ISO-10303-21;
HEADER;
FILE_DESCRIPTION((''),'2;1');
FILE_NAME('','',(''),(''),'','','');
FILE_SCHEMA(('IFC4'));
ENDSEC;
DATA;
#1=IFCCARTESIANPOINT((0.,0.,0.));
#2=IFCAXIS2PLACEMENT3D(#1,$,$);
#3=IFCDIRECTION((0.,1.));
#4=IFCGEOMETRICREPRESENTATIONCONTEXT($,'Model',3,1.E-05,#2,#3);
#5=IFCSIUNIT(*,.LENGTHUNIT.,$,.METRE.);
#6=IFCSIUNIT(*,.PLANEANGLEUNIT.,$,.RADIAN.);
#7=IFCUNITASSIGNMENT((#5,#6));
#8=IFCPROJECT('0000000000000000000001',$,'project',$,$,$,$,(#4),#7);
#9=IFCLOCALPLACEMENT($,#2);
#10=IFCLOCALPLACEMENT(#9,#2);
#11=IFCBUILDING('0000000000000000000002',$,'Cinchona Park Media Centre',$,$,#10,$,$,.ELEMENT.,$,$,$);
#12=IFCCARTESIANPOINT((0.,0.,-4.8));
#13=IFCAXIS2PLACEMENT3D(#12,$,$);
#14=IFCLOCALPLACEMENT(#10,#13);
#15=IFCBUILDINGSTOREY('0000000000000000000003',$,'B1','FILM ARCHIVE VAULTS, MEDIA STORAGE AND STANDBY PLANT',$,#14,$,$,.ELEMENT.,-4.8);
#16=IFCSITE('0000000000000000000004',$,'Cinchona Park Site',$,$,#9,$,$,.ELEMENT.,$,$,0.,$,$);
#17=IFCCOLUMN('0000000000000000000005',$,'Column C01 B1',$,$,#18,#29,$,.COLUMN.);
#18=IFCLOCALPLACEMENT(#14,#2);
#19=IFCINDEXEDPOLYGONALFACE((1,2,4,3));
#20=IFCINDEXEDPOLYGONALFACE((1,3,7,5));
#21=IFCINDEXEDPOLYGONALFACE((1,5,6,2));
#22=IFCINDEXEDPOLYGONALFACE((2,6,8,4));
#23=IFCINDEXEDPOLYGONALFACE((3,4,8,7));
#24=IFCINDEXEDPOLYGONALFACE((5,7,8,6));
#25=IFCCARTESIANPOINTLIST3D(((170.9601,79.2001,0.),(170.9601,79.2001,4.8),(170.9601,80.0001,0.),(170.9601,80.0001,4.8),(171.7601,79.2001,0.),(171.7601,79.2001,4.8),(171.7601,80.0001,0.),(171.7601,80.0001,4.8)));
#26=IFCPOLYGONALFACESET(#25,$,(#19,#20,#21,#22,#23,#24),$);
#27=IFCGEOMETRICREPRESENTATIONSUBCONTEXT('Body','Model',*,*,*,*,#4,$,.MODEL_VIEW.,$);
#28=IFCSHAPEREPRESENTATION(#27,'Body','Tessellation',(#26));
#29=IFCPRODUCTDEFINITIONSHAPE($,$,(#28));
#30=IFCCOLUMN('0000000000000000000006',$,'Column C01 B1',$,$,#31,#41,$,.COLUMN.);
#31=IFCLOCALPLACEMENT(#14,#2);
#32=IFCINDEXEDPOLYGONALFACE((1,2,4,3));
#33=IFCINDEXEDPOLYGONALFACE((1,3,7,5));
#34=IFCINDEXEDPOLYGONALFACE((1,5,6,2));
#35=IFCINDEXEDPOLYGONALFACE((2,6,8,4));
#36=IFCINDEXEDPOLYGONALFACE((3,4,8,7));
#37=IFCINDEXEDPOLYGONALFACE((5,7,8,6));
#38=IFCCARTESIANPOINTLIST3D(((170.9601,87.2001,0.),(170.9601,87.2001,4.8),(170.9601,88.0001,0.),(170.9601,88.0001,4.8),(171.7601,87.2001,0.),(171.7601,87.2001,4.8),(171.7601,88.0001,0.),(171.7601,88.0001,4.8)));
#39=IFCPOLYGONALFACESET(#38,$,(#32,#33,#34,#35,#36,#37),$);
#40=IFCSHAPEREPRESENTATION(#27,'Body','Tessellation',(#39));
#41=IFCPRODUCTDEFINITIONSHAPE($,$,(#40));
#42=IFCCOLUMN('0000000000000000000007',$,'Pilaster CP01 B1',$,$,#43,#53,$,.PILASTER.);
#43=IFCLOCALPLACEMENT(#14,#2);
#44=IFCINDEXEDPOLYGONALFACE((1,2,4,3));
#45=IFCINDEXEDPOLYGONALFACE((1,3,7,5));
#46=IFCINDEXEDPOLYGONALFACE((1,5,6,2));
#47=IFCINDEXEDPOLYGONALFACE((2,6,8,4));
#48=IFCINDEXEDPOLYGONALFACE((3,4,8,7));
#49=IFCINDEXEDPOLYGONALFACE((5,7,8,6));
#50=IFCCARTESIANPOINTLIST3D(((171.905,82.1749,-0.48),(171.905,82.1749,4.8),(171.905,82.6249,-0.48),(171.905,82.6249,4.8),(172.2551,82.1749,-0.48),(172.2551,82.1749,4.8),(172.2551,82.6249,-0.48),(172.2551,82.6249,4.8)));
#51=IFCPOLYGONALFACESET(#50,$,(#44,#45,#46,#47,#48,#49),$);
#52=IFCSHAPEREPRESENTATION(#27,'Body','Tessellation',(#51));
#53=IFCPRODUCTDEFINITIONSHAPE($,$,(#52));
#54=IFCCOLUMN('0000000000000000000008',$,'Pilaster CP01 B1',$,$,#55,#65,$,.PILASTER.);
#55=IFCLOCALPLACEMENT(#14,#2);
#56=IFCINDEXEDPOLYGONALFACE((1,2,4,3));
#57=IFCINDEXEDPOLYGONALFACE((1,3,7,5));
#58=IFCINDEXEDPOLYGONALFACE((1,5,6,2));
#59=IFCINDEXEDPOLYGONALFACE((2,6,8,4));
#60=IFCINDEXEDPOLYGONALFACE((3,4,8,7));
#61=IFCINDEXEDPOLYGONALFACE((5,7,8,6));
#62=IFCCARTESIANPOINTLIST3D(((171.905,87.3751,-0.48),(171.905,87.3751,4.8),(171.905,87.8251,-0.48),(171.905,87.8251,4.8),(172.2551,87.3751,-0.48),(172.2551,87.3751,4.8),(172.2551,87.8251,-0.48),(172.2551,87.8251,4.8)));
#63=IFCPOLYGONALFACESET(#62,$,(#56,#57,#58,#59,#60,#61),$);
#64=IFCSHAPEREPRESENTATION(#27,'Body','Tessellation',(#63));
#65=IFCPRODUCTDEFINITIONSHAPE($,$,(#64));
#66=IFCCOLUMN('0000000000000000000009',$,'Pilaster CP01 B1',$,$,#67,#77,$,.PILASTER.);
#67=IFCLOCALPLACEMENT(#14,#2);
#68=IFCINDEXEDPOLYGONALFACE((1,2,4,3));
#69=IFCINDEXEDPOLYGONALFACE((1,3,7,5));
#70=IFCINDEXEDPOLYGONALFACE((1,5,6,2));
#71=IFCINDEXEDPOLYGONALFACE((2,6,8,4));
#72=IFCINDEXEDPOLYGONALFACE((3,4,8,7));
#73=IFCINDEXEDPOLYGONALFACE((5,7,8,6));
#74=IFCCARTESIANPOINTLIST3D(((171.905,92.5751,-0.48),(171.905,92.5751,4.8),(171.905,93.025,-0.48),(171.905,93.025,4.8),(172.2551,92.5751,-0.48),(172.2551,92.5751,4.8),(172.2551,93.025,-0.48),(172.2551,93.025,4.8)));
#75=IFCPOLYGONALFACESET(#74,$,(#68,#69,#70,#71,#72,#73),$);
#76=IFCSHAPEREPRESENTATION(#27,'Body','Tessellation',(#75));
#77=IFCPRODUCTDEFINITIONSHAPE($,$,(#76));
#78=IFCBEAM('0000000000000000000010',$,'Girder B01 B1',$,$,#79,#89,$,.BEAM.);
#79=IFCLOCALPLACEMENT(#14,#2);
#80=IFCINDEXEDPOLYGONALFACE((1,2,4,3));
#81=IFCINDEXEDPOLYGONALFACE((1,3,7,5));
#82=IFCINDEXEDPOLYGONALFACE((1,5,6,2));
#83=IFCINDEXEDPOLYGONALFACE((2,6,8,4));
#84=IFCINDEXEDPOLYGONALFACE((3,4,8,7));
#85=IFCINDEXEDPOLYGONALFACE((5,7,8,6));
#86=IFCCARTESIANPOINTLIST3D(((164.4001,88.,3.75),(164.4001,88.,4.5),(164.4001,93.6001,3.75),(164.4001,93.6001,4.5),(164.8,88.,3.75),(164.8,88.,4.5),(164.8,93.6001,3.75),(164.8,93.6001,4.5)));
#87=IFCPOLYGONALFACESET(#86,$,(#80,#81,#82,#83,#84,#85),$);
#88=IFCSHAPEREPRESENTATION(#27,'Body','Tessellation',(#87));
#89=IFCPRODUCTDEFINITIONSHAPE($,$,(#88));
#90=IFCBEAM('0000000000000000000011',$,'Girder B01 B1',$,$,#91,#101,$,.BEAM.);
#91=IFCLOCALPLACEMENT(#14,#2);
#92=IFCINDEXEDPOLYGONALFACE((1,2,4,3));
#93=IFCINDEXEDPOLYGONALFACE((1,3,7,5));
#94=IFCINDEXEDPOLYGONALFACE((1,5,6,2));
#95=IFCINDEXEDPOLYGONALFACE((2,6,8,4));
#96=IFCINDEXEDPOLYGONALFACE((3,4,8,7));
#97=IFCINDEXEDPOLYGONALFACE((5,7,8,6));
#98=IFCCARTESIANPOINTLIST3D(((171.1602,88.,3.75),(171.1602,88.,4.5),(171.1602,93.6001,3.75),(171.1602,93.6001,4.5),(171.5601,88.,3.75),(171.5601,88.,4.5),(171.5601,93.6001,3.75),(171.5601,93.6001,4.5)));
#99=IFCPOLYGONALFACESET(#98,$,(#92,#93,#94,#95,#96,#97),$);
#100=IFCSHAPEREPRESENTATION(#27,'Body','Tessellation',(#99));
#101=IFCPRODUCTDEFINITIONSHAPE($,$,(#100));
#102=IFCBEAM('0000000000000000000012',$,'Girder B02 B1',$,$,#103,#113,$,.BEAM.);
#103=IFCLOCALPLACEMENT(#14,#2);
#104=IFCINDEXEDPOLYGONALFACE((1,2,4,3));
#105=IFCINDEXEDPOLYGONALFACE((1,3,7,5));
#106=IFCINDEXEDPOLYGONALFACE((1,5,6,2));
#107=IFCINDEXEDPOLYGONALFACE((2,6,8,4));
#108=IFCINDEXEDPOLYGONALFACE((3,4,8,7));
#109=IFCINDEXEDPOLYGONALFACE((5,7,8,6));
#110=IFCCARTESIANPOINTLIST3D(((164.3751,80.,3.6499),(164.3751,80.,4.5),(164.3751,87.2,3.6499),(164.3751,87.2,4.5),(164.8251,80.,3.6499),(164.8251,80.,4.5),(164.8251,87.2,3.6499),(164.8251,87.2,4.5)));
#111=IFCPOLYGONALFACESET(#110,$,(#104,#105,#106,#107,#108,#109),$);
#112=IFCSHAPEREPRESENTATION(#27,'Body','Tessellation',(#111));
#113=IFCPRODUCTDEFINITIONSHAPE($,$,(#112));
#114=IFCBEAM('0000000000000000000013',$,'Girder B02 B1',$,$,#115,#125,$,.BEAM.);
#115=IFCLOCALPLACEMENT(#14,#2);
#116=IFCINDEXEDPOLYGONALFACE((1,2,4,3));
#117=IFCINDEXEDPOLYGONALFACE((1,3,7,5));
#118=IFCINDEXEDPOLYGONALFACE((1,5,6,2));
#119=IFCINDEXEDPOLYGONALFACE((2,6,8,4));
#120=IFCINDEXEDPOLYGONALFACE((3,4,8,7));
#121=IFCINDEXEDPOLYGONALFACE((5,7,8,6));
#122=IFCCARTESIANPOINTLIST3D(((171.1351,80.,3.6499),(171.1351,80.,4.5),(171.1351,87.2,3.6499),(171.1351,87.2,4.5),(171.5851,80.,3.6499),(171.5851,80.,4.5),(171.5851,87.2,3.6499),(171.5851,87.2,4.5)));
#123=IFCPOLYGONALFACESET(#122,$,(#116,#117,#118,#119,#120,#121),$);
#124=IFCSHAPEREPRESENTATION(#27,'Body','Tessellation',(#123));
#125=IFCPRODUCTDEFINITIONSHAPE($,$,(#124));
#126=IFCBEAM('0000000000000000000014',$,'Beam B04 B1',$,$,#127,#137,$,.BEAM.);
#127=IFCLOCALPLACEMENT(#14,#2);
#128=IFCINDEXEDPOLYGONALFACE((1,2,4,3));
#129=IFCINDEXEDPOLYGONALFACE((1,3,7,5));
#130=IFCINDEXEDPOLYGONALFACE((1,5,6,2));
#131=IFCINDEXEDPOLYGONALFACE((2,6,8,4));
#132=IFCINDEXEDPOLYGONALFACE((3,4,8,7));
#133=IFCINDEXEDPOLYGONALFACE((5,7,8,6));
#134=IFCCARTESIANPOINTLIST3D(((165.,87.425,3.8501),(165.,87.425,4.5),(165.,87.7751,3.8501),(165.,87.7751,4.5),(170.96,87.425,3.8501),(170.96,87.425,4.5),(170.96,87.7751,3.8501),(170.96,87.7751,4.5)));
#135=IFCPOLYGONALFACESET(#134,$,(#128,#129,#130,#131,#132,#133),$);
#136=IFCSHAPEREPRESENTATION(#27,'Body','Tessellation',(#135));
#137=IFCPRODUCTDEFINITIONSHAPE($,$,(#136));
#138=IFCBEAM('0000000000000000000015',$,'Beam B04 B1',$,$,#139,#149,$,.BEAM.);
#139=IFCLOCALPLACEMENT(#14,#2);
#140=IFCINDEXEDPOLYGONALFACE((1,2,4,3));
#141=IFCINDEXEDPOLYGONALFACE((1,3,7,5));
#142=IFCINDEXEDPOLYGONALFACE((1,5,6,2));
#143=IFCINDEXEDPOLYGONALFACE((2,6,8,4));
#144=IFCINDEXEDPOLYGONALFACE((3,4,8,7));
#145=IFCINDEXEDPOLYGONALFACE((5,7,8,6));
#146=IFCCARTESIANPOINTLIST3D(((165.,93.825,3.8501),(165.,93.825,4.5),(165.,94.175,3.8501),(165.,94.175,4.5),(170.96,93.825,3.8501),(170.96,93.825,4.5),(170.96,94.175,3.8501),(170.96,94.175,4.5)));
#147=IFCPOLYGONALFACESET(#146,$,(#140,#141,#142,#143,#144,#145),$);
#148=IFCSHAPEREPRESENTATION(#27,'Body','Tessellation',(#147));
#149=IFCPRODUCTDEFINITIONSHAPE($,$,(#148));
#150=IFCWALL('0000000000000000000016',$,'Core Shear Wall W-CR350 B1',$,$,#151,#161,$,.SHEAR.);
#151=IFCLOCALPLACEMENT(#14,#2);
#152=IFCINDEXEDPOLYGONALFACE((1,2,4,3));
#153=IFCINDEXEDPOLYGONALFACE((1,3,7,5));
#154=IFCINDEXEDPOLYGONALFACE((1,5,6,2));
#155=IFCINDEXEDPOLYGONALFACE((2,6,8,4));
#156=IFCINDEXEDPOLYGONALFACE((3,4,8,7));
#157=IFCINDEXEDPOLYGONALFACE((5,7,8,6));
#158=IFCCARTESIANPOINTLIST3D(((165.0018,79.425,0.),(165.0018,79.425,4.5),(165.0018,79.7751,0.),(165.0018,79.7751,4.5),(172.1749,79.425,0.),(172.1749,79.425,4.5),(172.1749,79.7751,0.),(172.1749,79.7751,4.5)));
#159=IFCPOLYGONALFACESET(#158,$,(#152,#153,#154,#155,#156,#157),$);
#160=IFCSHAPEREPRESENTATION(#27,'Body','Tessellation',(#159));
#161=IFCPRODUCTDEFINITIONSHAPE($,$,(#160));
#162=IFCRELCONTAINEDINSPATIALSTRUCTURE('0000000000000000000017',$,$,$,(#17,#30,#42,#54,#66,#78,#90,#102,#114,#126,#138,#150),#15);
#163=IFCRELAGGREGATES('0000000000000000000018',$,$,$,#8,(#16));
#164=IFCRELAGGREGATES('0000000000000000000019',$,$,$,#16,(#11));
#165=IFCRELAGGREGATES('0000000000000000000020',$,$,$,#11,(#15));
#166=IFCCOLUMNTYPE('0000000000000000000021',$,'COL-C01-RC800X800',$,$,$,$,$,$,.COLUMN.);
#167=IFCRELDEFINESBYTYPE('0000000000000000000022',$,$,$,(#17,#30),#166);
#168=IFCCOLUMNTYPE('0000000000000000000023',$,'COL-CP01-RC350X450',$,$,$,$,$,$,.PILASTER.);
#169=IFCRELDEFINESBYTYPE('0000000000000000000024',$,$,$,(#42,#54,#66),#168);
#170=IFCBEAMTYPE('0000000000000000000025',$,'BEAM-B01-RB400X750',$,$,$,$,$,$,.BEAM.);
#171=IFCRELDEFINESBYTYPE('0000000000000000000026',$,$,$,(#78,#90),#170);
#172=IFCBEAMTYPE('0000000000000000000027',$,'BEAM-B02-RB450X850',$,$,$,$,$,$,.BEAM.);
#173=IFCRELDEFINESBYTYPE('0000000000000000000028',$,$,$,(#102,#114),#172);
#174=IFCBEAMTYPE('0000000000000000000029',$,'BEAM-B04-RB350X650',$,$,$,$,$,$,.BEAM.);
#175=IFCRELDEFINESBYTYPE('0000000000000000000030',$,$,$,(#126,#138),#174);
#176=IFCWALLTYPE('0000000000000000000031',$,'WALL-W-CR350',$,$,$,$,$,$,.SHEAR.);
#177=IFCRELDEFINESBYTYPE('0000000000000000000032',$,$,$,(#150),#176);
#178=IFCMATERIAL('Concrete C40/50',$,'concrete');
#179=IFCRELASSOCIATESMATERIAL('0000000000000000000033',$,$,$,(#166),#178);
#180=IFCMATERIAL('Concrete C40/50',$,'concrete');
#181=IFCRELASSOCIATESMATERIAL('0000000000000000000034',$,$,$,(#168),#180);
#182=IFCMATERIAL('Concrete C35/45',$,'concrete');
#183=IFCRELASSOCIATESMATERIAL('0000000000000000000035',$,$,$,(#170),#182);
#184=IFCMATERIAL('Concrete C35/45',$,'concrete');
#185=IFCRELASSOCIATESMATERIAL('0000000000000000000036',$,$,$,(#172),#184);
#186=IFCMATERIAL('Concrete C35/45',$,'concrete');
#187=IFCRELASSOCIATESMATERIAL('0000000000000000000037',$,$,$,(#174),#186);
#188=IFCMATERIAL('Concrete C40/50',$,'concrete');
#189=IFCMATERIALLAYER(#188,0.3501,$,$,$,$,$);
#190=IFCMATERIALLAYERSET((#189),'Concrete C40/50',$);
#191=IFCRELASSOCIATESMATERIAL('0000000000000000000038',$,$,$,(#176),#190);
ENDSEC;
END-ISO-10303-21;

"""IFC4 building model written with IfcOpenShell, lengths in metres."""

from ifc_helpers import new_model, si_unit, direction, frame, frame_2d, origin, origin_2d, place, context, subcontext, project, spatial, rectangle, extrude, material, layer, layer_set, material_profile, profile_set, type_object, element, save


model = new_model("IFC4")

# Units and contexts
model_context = context("Model", 3, precision=1e-05, world=origin(), true_north=direction((0.0, 1.0)))
body_context = subcontext(model_context, "Body", "Model", "MODEL_VIEW")
ifc_project = project(units=[si_unit("LENGTHUNIT", "METRE"), si_unit("PLANEANGLEUNIT", "RADIAN")], contexts=[model_context])

# Site, building, storey
site_placement = place(None, origin())
site = spatial("IfcSite", under=ifc_project, at=site_placement, Name="Cinchona Park Site", CompositionType="ELEMENT", RefElevation=0.0)
building_placement = place(site_placement, origin())
building = spatial("IfcBuilding", under=site, at=building_placement, Name="Cinchona Park Media Centre", CompositionType="ELEMENT")
storey_placement = place(building_placement, frame((0.0, 0.0, -4.8)))
storey = spatial("IfcBuildingStorey", under=building, at=storey_placement, Name="B1", Description="FILM ARCHIVE VAULTS, MEDIA STORAGE AND STANDBY PLANT", CompositionType="ELEMENT", Elevation=-4.8)

# Columns
ifc_material_1 = material(Name="Concrete C40/50", Category="concrete")
ifc_material_profile_1 = material_profile(ifc_material_1, rectangle(XDim=0.8, YDim=0.8, at=origin_2d()), Name="RC 800X800")
ifc_profile_set_1 = profile_set([ifc_material_profile_1], Name="Concrete C40/50")
column_type_1 = type_object("IfcColumnType", Name="COL-C01-RC800X800", PredefinedType="COLUMN", material=ifc_profile_set_1)
for number, where, z_axis, x_axis, name in (
    (1, (171.3601, 79.6001, 0.0), (0.0, 0.0, 1.0), (1.0, 0.0, 0.0), "Column C01 B1"),
    (2, (171.3601, 87.6001, 0.0), (0.0, 0.0, 1.0), (1.0, 0.0, 0.0), "Column C01 B1"),
):
    element("IfcColumn", number, at=place(storey_placement, frame(where, z_axis=z_axis, x_axis=x_axis)), inside=storey, type_object=column_type_1, Name=name, PredefinedType="COLUMN", context=body_context, shape_type="SweptSolid", body=[
        extrude(rectangle(XDim=0.8, YDim=0.8, at=origin_2d()), origin(), (0.0, 0.0, 1.0), 4.8),
    ])
ifc_material_2 = material(Name="Concrete C40/50", Category="concrete")
ifc_material_profile_2 = material_profile(ifc_material_2, rectangle(XDim=0.3501, YDim=0.45, at=origin_2d()), Name="RC 350X450")
ifc_profile_set_2 = profile_set([ifc_material_profile_2], Name="Concrete C40/50")
column_type_2 = type_object("IfcColumnType", Name="COL-CP01-RC350X450", PredefinedType="PILASTER", material=ifc_profile_set_2)
for number, where, z_axis, x_axis, name in (
    (3, (172.0801, 82.3999, -0.48), (0.0, 0.0, 1.0), (1.0, 0.0, 0.0), "Pilaster CP01 B1"),
    (4, (172.0801, 87.6001, -0.48), (0.0, 0.0, 1.0), (1.0, 0.0, 0.0), "Pilaster CP01 B1"),
    (5, (172.0801, 92.8, -0.48), (0.0, 0.0, 1.0), (1.0, 0.0, 0.0), "Pilaster CP01 B1"),
):
    element("IfcColumn", number, at=place(storey_placement, frame(where, z_axis=z_axis, x_axis=x_axis)), inside=storey, type_object=column_type_2, Name=name, PredefinedType="PILASTER", context=body_context, shape_type="SweptSolid", body=[
        extrude(rectangle(XDim=0.3501, YDim=0.45, at=origin_2d()), origin(), (0.0, 0.0, 1.0), 5.28),
    ])

# Beams
ifc_material_3 = material(Name="Concrete C35/45", Category="concrete")
ifc_material_profile_3 = material_profile(ifc_material_3, rectangle(XDim=0.3999, YDim=0.75, at=origin_2d()), Name="RB 400X750")
ifc_profile_set_3 = profile_set([ifc_material_profile_3], Name="Concrete C35/45")
beam_type_1 = type_object("IfcBeamType", Name="BEAM-B01-RB400X750", PredefinedType="BEAM", material=ifc_profile_set_3)
for number, where, z_axis, x_axis, name in (
    (6, (164.6001, 88.0, 4.125), (0.0, 1.0, 0.0), (-1.0, 0.0, 0.0), "Girder B01 B1"),
    (7, (171.3601, 88.0, 4.125), (0.0, 1.0, 0.0), (-1.0, 0.0, 0.0), "Girder B01 B1"),
):
    element("IfcBeam", number, at=place(storey_placement, frame(where, z_axis=z_axis, x_axis=x_axis)), inside=storey, type_object=beam_type_1, Name=name, PredefinedType="BEAM", context=body_context, shape_type="SweptSolid", body=[
        extrude(rectangle(XDim=0.3999, YDim=0.75, at=origin_2d()), origin(), (0.0, 0.0, 1.0), 5.6001),
    ])
ifc_material_4 = material(Name="Concrete C35/45", Category="concrete")
ifc_material_profile_4 = material_profile(ifc_material_4, rectangle(XDim=0.45, YDim=0.8501, at=origin_2d()), Name="RB 450X850")
ifc_profile_set_4 = profile_set([ifc_material_profile_4], Name="Concrete C35/45")
beam_type_2 = type_object("IfcBeamType", Name="BEAM-B02-RB450X850", PredefinedType="BEAM", material=ifc_profile_set_4)
for number, where, z_axis, x_axis, name in (
    (8, (164.6001, 80.0, 4.075), (0.0, 1.0, 0.0), (-1.0, 0.0, 0.0), "Girder B02 B1"),
    (9, (171.3601, 80.0, 4.075), (0.0, 1.0, 0.0), (-1.0, 0.0, 0.0), "Girder B02 B1"),
):
    element("IfcBeam", number, at=place(storey_placement, frame(where, z_axis=z_axis, x_axis=x_axis)), inside=storey, type_object=beam_type_2, Name=name, PredefinedType="BEAM", context=body_context, shape_type="SweptSolid", body=[
        extrude(rectangle(XDim=0.45, YDim=0.8501, at=origin_2d()), origin(), (0.0, 0.0, 1.0), 7.2),
    ])
ifc_material_5 = material(Name="Concrete C35/45", Category="concrete")
ifc_material_profile_5 = material_profile(ifc_material_5, rectangle(XDim=0.3501, YDim=0.6499, at=origin_2d()), Name="RB 350X650")
ifc_profile_set_5 = profile_set([ifc_material_profile_5], Name="Concrete C35/45")
beam_type_3 = type_object("IfcBeamType", Name="BEAM-B04-RB350X650", PredefinedType="BEAM", material=ifc_profile_set_5)
for number, where, z_axis, x_axis, name in (
    (10, (165.0, 87.6001, 4.175), (1.0, 0.0, 0.0), (0.0, 1.0, 0.0), "Beam B04 B1"),
    (11, (165.0, 94.0, 4.175), (1.0, 0.0, 0.0), (0.0, 1.0, 0.0), "Beam B04 B1"),
):
    element("IfcBeam", number, at=place(storey_placement, frame(where, z_axis=z_axis, x_axis=x_axis)), inside=storey, type_object=beam_type_3, Name=name, PredefinedType="BEAM", context=body_context, shape_type="SweptSolid", body=[
        extrude(rectangle(XDim=0.3501, YDim=0.6499, at=origin_2d()), origin(), (0.0, 0.0, 1.0), 5.96),
    ])

# Wall
ifc_material_6 = material(Name="Concrete C40/50", Category="concrete")
ifc_layer_1 = layer(ifc_material_6, 0.3501)
ifc_layer_set_1 = layer_set([ifc_layer_1], Name="Concrete C40/50")
wall_type = type_object("IfcWallType", Name="WALL-W-CR350", PredefinedType="SHEAR", material=ifc_layer_set_1)
wall_placement = place(storey_placement, frame((165.002, 79.6001, 0.0), z_axis=(0.0, 0.0, 1.0), x_axis=(1.0, 0.0, 0.0)))
element("IfcWall", 12, at=wall_placement, inside=storey, type_object=wall_type, Name="Core Shear Wall W-CR350 B1", PredefinedType="SHEAR", context=body_context, shape_type="SweptSolid", body=[
    extrude(rectangle(XDim=7.1731, YDim=0.3501, at=frame_2d((3.5864, 0.0))), origin(), (0.0, 0.0, 1.0), 4.5),
])

save(model, "model.ifc")
